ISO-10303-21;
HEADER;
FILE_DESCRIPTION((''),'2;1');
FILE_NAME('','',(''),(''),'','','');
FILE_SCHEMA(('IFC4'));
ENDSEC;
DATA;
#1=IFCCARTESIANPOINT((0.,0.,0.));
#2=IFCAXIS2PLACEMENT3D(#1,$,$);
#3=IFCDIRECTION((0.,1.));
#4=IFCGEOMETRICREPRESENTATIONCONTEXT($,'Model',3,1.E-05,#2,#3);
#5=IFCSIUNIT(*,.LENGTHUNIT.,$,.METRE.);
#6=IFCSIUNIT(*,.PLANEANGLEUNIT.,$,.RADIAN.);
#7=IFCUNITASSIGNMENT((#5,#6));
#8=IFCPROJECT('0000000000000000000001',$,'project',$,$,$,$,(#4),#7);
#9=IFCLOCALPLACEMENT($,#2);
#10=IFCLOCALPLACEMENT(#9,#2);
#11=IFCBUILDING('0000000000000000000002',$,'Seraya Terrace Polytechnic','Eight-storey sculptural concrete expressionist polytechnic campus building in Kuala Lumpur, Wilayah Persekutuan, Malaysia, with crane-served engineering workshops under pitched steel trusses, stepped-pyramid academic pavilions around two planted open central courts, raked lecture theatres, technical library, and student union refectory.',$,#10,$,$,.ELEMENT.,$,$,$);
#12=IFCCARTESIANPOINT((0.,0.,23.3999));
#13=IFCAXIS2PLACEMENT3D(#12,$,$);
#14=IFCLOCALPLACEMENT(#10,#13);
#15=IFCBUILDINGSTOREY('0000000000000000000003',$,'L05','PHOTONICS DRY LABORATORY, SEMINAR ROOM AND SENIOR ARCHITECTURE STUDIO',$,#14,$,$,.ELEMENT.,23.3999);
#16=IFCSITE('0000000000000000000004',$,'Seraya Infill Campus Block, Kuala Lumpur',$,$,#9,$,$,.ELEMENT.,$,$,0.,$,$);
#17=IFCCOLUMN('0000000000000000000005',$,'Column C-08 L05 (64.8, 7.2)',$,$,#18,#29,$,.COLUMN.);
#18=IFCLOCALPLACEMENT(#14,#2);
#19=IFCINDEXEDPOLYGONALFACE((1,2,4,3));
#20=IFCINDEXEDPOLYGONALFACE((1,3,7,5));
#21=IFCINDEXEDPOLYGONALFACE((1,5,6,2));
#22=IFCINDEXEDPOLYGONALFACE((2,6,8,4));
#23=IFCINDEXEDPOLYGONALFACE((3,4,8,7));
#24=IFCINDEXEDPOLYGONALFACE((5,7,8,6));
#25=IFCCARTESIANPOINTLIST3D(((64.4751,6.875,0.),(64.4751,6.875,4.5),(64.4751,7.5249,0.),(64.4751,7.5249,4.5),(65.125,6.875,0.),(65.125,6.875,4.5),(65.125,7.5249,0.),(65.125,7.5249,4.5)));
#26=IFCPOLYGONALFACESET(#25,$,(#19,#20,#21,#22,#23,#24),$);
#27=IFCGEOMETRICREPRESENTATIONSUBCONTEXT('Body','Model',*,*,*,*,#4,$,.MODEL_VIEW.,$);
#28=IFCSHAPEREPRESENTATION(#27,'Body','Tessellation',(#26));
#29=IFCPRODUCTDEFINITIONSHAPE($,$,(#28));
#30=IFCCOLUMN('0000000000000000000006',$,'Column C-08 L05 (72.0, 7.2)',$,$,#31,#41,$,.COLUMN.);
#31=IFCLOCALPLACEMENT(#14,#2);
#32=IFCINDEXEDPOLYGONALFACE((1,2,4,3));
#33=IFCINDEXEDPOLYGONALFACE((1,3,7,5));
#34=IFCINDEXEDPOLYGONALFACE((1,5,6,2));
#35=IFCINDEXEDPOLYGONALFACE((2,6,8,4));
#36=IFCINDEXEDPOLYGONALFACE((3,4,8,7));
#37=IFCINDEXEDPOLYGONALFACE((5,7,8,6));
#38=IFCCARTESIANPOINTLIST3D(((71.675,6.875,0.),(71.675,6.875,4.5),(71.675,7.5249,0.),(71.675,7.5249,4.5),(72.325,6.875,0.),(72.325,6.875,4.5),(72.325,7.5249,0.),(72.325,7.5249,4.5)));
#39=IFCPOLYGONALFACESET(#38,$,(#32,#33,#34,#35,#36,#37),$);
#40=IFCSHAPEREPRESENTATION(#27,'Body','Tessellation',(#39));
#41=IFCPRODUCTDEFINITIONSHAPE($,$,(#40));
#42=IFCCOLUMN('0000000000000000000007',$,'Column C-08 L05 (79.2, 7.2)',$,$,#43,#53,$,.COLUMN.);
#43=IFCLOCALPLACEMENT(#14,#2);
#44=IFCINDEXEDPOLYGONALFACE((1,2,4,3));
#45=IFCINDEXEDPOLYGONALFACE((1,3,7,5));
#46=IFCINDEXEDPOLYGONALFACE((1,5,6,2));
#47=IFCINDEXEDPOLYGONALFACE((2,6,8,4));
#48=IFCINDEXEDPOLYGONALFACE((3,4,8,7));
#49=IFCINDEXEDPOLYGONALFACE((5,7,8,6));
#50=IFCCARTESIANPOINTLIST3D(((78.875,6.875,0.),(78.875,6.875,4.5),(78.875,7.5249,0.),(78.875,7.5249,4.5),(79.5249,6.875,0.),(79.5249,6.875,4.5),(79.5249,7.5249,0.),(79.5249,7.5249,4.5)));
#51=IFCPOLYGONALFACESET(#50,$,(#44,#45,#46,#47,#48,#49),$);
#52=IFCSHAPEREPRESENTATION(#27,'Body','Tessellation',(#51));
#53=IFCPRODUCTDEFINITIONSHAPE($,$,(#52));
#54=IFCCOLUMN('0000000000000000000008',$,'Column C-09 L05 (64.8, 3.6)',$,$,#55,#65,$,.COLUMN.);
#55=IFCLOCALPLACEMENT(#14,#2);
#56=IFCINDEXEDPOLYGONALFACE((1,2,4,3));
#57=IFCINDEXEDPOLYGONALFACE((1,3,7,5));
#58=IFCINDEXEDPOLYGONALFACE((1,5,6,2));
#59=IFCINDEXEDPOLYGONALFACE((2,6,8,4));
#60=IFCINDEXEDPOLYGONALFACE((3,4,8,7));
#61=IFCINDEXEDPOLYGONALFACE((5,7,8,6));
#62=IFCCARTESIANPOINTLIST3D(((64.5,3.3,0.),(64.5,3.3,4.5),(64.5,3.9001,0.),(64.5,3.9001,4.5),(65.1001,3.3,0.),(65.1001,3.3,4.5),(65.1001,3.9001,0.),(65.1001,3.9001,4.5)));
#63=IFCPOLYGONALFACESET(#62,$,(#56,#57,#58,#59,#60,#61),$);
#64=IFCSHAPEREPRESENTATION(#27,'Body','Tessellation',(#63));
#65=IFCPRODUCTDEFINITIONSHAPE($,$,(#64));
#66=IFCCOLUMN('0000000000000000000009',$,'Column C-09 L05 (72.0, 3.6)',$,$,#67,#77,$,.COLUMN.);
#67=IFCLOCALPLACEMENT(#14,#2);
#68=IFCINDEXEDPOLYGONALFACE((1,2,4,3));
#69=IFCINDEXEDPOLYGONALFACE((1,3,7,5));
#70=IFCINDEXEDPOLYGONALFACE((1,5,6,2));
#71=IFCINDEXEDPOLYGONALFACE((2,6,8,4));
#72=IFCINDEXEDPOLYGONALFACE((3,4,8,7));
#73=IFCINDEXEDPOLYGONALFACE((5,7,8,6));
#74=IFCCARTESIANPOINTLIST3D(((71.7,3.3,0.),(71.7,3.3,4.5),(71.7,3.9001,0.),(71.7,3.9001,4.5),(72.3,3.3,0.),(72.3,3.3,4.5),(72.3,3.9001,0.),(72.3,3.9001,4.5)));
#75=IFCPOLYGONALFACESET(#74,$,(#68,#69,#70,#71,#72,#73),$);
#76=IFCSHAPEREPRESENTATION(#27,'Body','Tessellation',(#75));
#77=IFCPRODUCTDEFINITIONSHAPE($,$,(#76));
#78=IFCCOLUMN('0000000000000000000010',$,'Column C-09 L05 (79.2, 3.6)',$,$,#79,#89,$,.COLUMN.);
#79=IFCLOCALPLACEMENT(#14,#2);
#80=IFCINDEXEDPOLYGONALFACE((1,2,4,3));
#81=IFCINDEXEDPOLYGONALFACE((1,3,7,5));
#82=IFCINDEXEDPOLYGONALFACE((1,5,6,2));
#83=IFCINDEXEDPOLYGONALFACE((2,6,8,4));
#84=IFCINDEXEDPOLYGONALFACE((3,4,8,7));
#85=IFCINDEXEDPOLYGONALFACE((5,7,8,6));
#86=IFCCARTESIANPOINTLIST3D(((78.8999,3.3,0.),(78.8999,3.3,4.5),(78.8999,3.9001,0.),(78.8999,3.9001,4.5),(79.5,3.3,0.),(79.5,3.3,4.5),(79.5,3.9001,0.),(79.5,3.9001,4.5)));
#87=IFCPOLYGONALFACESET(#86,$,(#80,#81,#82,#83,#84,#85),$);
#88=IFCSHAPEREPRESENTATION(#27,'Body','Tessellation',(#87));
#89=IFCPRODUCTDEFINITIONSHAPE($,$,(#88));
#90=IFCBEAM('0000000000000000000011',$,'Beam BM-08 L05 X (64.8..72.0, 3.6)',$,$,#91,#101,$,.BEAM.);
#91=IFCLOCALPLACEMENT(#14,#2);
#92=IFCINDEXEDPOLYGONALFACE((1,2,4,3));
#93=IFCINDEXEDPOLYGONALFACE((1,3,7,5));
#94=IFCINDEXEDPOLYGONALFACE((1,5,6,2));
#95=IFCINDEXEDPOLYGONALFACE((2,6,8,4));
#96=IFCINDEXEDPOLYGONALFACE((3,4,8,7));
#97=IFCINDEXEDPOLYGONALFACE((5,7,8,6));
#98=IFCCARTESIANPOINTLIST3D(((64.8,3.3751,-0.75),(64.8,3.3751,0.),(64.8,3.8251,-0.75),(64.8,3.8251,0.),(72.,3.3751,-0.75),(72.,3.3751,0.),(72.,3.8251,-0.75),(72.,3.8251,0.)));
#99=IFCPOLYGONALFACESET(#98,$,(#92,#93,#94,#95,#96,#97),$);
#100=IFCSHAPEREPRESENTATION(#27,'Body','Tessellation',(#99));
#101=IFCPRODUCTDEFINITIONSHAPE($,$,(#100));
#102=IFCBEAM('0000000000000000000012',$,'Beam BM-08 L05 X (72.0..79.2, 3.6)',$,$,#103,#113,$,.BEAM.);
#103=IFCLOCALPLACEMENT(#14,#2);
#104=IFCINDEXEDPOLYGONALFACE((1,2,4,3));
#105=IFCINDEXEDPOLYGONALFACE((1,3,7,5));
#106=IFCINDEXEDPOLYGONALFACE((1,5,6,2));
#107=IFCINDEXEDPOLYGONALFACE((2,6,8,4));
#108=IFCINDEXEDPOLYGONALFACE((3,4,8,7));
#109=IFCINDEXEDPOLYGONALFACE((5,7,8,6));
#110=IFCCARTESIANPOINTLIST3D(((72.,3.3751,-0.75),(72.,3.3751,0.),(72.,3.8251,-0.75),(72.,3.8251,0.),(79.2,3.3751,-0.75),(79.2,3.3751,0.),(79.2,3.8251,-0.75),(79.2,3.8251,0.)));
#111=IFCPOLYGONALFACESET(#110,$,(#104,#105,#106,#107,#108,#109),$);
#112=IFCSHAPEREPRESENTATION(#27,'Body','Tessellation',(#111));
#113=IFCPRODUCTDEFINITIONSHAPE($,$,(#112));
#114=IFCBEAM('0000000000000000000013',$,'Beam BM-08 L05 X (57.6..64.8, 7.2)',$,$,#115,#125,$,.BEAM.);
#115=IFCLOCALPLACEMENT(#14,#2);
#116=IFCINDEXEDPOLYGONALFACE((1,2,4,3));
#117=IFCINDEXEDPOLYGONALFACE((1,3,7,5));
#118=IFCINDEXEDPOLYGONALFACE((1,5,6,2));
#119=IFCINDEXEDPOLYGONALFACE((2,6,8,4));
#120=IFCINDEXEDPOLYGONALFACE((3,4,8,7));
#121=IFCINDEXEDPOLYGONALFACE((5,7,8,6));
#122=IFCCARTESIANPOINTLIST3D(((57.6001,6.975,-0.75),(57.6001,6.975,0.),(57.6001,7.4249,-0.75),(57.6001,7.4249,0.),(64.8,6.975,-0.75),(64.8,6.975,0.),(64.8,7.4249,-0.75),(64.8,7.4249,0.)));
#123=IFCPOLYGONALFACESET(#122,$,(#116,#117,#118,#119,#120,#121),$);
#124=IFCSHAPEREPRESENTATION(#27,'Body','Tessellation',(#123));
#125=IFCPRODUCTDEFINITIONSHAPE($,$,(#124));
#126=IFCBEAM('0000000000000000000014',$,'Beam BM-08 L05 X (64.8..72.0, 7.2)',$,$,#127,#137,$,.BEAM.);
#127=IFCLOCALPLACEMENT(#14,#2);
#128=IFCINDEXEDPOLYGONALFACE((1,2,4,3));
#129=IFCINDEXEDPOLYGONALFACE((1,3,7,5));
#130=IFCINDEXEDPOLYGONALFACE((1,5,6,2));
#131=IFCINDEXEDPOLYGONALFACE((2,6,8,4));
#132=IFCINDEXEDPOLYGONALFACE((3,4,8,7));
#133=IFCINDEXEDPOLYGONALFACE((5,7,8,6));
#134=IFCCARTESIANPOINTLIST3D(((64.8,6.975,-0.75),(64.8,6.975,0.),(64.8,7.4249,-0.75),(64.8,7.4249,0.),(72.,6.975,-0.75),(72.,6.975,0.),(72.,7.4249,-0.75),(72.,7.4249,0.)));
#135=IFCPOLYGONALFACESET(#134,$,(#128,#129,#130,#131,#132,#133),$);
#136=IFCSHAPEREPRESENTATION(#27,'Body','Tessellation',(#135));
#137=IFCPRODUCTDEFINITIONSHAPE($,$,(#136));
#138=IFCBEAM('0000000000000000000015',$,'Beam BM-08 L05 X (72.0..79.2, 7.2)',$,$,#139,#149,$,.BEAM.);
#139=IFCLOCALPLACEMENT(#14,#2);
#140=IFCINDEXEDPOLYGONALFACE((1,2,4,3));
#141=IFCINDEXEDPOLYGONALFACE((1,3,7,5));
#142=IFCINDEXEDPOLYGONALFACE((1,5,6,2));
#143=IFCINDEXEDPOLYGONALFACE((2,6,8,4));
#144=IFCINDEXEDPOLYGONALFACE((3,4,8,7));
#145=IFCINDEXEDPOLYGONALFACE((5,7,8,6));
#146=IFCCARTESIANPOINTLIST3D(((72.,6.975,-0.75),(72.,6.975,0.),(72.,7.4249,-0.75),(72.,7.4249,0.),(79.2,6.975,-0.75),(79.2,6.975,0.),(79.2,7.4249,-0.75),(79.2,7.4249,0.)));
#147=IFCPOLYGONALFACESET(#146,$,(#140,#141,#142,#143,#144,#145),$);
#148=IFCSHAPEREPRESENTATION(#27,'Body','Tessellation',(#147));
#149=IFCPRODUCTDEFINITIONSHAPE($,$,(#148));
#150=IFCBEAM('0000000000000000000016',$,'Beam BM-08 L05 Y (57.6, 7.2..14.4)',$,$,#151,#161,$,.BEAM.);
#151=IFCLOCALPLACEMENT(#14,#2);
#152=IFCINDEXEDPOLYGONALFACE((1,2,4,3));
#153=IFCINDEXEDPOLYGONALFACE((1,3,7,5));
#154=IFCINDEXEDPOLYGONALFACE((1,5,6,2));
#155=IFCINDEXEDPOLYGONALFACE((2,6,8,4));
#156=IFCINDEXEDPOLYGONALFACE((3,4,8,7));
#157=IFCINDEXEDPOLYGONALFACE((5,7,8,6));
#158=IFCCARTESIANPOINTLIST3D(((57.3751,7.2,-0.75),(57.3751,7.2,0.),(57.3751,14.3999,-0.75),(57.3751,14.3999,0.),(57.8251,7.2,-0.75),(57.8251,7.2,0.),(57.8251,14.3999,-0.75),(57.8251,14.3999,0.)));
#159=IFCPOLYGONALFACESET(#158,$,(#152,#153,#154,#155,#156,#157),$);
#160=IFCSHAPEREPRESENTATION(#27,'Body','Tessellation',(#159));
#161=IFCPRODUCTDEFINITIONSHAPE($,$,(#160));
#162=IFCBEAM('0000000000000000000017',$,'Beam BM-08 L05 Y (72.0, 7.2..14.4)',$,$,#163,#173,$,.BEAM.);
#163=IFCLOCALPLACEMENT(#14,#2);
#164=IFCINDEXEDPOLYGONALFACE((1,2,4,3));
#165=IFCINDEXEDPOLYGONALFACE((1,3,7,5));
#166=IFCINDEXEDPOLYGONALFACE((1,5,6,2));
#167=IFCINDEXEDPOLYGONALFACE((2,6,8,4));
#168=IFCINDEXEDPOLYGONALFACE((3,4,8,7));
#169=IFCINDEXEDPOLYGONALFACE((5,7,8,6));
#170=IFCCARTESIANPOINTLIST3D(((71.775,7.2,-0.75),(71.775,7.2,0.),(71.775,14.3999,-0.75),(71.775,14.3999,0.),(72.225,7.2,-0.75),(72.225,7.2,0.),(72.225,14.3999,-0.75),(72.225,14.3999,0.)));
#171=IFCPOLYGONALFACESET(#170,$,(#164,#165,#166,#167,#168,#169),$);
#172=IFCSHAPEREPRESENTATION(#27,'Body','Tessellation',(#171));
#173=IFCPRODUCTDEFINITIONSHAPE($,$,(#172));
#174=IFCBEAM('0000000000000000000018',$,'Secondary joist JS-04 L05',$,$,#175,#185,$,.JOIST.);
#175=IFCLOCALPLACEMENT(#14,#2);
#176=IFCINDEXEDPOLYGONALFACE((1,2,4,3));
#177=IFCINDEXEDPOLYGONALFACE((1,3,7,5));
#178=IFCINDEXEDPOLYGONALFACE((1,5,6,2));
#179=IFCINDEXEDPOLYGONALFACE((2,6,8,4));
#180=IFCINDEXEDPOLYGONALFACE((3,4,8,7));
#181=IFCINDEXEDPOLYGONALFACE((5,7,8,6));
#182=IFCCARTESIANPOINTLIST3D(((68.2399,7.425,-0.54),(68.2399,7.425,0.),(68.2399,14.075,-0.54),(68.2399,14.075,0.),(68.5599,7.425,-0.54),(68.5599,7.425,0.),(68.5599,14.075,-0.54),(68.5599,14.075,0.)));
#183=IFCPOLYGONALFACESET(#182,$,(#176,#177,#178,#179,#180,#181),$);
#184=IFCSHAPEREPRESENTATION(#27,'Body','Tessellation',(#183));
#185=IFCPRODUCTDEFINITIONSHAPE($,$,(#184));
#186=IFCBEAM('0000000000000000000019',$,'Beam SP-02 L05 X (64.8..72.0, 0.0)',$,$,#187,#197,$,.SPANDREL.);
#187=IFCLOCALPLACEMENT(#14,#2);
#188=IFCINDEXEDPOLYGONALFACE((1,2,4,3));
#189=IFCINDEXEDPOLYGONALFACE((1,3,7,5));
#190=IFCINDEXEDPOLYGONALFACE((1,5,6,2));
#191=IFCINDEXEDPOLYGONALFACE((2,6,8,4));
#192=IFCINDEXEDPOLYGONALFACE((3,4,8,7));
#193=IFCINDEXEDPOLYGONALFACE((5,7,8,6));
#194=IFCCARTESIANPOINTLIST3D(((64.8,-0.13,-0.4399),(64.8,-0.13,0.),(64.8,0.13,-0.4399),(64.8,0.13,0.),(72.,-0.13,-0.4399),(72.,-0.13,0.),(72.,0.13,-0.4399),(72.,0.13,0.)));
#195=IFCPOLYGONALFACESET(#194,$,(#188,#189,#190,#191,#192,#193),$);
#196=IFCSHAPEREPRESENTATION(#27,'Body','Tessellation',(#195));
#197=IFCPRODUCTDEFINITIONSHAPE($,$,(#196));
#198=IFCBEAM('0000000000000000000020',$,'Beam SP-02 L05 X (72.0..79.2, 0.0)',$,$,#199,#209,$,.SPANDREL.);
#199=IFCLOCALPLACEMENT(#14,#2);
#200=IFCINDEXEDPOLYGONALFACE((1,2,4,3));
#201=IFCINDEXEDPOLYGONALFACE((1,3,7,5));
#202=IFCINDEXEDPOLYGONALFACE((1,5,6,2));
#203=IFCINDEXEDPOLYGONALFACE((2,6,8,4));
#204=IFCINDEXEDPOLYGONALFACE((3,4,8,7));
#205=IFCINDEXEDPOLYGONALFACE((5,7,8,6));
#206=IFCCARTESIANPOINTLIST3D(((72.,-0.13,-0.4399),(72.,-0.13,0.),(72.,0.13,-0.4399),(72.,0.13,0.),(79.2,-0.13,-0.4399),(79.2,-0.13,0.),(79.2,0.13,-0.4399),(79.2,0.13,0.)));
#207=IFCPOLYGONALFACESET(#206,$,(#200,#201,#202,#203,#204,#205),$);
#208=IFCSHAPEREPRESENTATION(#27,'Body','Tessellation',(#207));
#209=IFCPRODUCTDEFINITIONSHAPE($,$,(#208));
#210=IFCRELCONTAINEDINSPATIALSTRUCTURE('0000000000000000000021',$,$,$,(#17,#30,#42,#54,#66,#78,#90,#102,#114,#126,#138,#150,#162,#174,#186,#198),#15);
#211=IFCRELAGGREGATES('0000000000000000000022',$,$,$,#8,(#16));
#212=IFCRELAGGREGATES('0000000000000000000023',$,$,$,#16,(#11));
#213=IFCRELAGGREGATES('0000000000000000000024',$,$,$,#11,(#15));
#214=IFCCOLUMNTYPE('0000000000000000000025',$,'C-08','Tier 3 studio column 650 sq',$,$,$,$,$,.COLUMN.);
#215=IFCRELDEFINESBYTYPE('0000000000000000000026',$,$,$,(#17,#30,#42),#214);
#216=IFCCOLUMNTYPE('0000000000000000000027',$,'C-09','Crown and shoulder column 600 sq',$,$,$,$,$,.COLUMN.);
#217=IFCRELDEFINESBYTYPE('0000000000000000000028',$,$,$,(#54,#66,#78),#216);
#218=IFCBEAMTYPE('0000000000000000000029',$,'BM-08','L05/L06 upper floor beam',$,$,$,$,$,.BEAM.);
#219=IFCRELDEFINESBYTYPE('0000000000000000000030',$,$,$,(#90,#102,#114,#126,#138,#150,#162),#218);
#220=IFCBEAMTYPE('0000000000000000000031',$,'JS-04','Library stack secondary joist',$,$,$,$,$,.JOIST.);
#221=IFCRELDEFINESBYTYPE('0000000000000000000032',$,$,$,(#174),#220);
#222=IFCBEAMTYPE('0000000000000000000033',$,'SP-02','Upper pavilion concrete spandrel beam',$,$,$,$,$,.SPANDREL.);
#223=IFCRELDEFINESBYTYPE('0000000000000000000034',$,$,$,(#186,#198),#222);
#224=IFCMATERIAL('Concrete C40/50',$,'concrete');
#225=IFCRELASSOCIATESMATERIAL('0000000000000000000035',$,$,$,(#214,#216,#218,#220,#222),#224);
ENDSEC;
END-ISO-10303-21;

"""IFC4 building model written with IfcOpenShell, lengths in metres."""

from ifc_helpers import new_model, si_unit, direction, frame, origin, origin_2d, place, context, subcontext, project, spatial, rectangle, extrude, material, material_profile, profile_set, type_object, element, save


model = new_model("IFC4")

# Units and contexts
model_context = context("Model", 3, precision=1e-05, world=origin(), true_north=direction((0.0, 1.0)))
body_context = subcontext(model_context, "Body", "Model", "MODEL_VIEW")
ifc_project = project(units=[si_unit("LENGTHUNIT", "METRE"), si_unit("PLANEANGLEUNIT", "RADIAN")], contexts=[model_context])

# Site, building, storey
site_placement = place(None, origin())
site = spatial("IfcSite", under=ifc_project, at=site_placement, Name="Seraya Infill Campus Block, Kuala Lumpur", CompositionType="ELEMENT", RefElevation=0.0)
building_placement = place(site_placement, origin())
building = spatial("IfcBuilding", under=site, at=building_placement, Name="Seraya Terrace Polytechnic", Description="Eight-storey sculptural concrete expressionist polytechnic campus building in Kuala Lumpur, Wilayah Persekutuan, Malaysia, with crane-served engineering workshops under pitched steel trusses, stepped-pyramid academic pavilions around two planted open central courts, raked lecture theatres, technical library, and student union refectory.", CompositionType="ELEMENT")
storey_placement = place(building_placement, frame((0.0, 0.0, 23.3999)))
storey = spatial("IfcBuildingStorey", under=building, at=storey_placement, Name="L05", Description="PHOTONICS DRY LABORATORY, SEMINAR ROOM AND SENIOR ARCHITECTURE STUDIO", CompositionType="ELEMENT", Elevation=23.3999)

# Columns
ifc_material_1 = material(Name="Concrete C40/50", Category="concrete")
ifc_material_profile_1 = material_profile(ifc_material_1, rectangle(XDim=0.6499, YDim=0.6499, at=origin_2d()), Name="RC 650x650")
ifc_profile_set_1 = profile_set([ifc_material_profile_1], Name="Concrete C40/50")
column_type_1 = type_object("IfcColumnType", Name="C-08", Description="Tier 3 studio column 650 sq", PredefinedType="COLUMN", material=ifc_profile_set_1)
for number, where, z_axis, x_axis, name in (
    (1, (64.8, 7.2, 0.0), (0.0, 0.0, 1.0), (1.0, 0.0, 0.0), "Column C-08 L05 (64.8, 7.2)"),
    (2, (72.0, 7.2, 0.0), (0.0, 0.0, 1.0), (1.0, 0.0, 0.0), "Column C-08 L05 (72.0, 7.2)"),
    (3, (79.2, 7.2, 0.0), (0.0, 0.0, 1.0), (1.0, 0.0, 0.0), "Column C-08 L05 (79.2, 7.2)"),
):
    element("IfcColumn", number, at=place(storey_placement, frame(where, z_axis=z_axis, x_axis=x_axis)), inside=storey, type_object=column_type_1, Name=name, PredefinedType="COLUMN", context=body_context, shape_type="SweptSolid", body=[
        extrude(rectangle(XDim=0.6499, YDim=0.6499, at=origin_2d()), origin(), (0.0, 0.0, 1.0), 4.5),
    ])
ifc_material_profile_2 = material_profile(ifc_material_1, rectangle(XDim=0.6001, YDim=0.6001, at=origin_2d()), Name="RC 600x600")
ifc_profile_set_2 = profile_set([ifc_material_profile_2], Name="Concrete C40/50")
column_type_2 = type_object("IfcColumnType", Name="C-09", Description="Crown and shoulder column 600 sq", PredefinedType="COLUMN", material=ifc_profile_set_2)
for number, where, z_axis, x_axis, name in (
    (4, (64.8, 3.6001, 0.0), (0.0, 0.0, 1.0), (1.0, 0.0, 0.0), "Column C-09 L05 (64.8, 3.6)"),
    (5, (72.0, 3.6001, 0.0), (0.0, 0.0, 1.0), (1.0, 0.0, 0.0), "Column C-09 L05 (72.0, 3.6)"),
    (6, (79.2, 3.6001, 0.0), (0.0, 0.0, 1.0), (1.0, 0.0, 0.0), "Column C-09 L05 (79.2, 3.6)"),
):
    element("IfcColumn", number, at=place(storey_placement, frame(where, z_axis=z_axis, x_axis=x_axis)), inside=storey, type_object=column_type_2, Name=name, PredefinedType="COLUMN", context=body_context, shape_type="SweptSolid", body=[
        extrude(rectangle(XDim=0.6001, YDim=0.6001, at=origin_2d()), origin(), (0.0, 0.0, 1.0), 4.5),
    ])

# Beams
ifc_material_profile_3 = material_profile(ifc_material_1, rectangle(XDim=0.45, YDim=0.75, at=origin_2d()), Name="RC 450x750")
ifc_profile_set_3 = profile_set([ifc_material_profile_3], Name="Concrete C40/50")
beam_type_1 = type_object("IfcBeamType", Name="BM-08", Description="L05/L06 upper floor beam", PredefinedType="BEAM", material=ifc_profile_set_3)
for number, where, z_axis, x_axis, name in (
    (7, (64.8, 3.6001, -0.375), (1.0, 0.0, 0.0), (0.0, 1.0, 0.0), "Beam BM-08 L05 X (64.8..72.0, 3.6)"),
    (8, (72.0, 3.6001, -0.375), (1.0, 0.0, 0.0), (0.0, 1.0, 0.0), "Beam BM-08 L05 X (72.0..79.2, 3.6)"),
    (9, (57.6001, 7.2, -0.375), (1.0, 0.0, 0.0), (0.0, 1.0, 0.0), "Beam BM-08 L05 X (57.6..64.8, 7.2)"),
    (10, (64.8, 7.2, -0.375), (1.0, 0.0, 0.0), (0.0, 1.0, 0.0), "Beam BM-08 L05 X (64.8..72.0, 7.2)"),
    (11, (72.0, 7.2, -0.375), (1.0, 0.0, 0.0), (0.0, 1.0, 0.0), "Beam BM-08 L05 X (72.0..79.2, 7.2)"),
    (12, (57.6001, 7.2, -0.375), (0.0, 1.0, 0.0), (-1.0, 0.0, 0.0), "Beam BM-08 L05 Y (57.6, 7.2..14.4)"),
    (13, (72.0, 7.2, -0.375), (0.0, 1.0, 0.0), (-1.0, 0.0, 0.0), "Beam BM-08 L05 Y (72.0, 7.2..14.4)"),
):
    element("IfcBeam", number, at=place(storey_placement, frame(where, z_axis=z_axis, x_axis=x_axis)), inside=storey, type_object=beam_type_1, Name=name, PredefinedType="BEAM", context=body_context, shape_type="SweptSolid", body=[
        extrude(rectangle(XDim=0.45, YDim=0.75, at=origin_2d()), origin(), (0.0, 0.0, 1.0), 7.2),
    ])
ifc_material_profile_4 = material_profile(ifc_material_1, rectangle(XDim=0.3201, YDim=0.54, at=origin_2d()), Name="RC 320x540")
ifc_profile_set_4 = profile_set([ifc_material_profile_4], Name="Concrete C40/50")
beam_type_2 = type_object("IfcBeamType", Name="JS-04", Description="Library stack secondary joist", PredefinedType="JOIST", material=ifc_profile_set_4)
beam_placement = place(storey_placement, frame((68.3999, 7.425, -0.27), z_axis=(0.0, 1.0, 0.0), x_axis=(-1.0, 0.0, 0.0)))
element("IfcBeam", 14, at=beam_placement, inside=storey, type_object=beam_type_2, Name="Secondary joist JS-04 L05", PredefinedType="JOIST", context=body_context, shape_type="SweptSolid", body=[
    extrude(rectangle(XDim=0.3201, YDim=0.54, at=origin_2d()), origin(), (0.0, 0.0, 1.0), 6.6499),
])
ifc_material_profile_5 = material_profile(ifc_material_1, rectangle(XDim=0.26, YDim=0.4399, at=origin_2d()), Name="RC 260x440")
ifc_profile_set_5 = profile_set([ifc_material_profile_5], Name="Concrete C40/50")
beam_type_3 = type_object("IfcBeamType", Name="SP-02", Description="Upper pavilion concrete spandrel beam", PredefinedType="SPANDREL", material=ifc_profile_set_5)
for number, where, z_axis, x_axis, name in (
    (15, (64.8, 0.0, -0.22), (1.0, 0.0, 0.0), (0.0, 1.0, 0.0), "Beam SP-02 L05 X (64.8..72.0, 0.0)"),
    (16, (72.0, 0.0, -0.22), (1.0, 0.0, 0.0), (0.0, 1.0, 0.0), "Beam SP-02 L05 X (72.0..79.2, 0.0)"),
):
    element("IfcBeam", number, at=place(storey_placement, frame(where, z_axis=z_axis, x_axis=x_axis)), inside=storey, type_object=beam_type_3, Name=name, PredefinedType="SPANDREL", context=body_context, shape_type="SweptSolid", body=[
        extrude(rectangle(XDim=0.26, YDim=0.4399, at=origin_2d()), origin(), (0.0, 0.0, 1.0), 7.2),
    ])

save(model, "model.ifc")
